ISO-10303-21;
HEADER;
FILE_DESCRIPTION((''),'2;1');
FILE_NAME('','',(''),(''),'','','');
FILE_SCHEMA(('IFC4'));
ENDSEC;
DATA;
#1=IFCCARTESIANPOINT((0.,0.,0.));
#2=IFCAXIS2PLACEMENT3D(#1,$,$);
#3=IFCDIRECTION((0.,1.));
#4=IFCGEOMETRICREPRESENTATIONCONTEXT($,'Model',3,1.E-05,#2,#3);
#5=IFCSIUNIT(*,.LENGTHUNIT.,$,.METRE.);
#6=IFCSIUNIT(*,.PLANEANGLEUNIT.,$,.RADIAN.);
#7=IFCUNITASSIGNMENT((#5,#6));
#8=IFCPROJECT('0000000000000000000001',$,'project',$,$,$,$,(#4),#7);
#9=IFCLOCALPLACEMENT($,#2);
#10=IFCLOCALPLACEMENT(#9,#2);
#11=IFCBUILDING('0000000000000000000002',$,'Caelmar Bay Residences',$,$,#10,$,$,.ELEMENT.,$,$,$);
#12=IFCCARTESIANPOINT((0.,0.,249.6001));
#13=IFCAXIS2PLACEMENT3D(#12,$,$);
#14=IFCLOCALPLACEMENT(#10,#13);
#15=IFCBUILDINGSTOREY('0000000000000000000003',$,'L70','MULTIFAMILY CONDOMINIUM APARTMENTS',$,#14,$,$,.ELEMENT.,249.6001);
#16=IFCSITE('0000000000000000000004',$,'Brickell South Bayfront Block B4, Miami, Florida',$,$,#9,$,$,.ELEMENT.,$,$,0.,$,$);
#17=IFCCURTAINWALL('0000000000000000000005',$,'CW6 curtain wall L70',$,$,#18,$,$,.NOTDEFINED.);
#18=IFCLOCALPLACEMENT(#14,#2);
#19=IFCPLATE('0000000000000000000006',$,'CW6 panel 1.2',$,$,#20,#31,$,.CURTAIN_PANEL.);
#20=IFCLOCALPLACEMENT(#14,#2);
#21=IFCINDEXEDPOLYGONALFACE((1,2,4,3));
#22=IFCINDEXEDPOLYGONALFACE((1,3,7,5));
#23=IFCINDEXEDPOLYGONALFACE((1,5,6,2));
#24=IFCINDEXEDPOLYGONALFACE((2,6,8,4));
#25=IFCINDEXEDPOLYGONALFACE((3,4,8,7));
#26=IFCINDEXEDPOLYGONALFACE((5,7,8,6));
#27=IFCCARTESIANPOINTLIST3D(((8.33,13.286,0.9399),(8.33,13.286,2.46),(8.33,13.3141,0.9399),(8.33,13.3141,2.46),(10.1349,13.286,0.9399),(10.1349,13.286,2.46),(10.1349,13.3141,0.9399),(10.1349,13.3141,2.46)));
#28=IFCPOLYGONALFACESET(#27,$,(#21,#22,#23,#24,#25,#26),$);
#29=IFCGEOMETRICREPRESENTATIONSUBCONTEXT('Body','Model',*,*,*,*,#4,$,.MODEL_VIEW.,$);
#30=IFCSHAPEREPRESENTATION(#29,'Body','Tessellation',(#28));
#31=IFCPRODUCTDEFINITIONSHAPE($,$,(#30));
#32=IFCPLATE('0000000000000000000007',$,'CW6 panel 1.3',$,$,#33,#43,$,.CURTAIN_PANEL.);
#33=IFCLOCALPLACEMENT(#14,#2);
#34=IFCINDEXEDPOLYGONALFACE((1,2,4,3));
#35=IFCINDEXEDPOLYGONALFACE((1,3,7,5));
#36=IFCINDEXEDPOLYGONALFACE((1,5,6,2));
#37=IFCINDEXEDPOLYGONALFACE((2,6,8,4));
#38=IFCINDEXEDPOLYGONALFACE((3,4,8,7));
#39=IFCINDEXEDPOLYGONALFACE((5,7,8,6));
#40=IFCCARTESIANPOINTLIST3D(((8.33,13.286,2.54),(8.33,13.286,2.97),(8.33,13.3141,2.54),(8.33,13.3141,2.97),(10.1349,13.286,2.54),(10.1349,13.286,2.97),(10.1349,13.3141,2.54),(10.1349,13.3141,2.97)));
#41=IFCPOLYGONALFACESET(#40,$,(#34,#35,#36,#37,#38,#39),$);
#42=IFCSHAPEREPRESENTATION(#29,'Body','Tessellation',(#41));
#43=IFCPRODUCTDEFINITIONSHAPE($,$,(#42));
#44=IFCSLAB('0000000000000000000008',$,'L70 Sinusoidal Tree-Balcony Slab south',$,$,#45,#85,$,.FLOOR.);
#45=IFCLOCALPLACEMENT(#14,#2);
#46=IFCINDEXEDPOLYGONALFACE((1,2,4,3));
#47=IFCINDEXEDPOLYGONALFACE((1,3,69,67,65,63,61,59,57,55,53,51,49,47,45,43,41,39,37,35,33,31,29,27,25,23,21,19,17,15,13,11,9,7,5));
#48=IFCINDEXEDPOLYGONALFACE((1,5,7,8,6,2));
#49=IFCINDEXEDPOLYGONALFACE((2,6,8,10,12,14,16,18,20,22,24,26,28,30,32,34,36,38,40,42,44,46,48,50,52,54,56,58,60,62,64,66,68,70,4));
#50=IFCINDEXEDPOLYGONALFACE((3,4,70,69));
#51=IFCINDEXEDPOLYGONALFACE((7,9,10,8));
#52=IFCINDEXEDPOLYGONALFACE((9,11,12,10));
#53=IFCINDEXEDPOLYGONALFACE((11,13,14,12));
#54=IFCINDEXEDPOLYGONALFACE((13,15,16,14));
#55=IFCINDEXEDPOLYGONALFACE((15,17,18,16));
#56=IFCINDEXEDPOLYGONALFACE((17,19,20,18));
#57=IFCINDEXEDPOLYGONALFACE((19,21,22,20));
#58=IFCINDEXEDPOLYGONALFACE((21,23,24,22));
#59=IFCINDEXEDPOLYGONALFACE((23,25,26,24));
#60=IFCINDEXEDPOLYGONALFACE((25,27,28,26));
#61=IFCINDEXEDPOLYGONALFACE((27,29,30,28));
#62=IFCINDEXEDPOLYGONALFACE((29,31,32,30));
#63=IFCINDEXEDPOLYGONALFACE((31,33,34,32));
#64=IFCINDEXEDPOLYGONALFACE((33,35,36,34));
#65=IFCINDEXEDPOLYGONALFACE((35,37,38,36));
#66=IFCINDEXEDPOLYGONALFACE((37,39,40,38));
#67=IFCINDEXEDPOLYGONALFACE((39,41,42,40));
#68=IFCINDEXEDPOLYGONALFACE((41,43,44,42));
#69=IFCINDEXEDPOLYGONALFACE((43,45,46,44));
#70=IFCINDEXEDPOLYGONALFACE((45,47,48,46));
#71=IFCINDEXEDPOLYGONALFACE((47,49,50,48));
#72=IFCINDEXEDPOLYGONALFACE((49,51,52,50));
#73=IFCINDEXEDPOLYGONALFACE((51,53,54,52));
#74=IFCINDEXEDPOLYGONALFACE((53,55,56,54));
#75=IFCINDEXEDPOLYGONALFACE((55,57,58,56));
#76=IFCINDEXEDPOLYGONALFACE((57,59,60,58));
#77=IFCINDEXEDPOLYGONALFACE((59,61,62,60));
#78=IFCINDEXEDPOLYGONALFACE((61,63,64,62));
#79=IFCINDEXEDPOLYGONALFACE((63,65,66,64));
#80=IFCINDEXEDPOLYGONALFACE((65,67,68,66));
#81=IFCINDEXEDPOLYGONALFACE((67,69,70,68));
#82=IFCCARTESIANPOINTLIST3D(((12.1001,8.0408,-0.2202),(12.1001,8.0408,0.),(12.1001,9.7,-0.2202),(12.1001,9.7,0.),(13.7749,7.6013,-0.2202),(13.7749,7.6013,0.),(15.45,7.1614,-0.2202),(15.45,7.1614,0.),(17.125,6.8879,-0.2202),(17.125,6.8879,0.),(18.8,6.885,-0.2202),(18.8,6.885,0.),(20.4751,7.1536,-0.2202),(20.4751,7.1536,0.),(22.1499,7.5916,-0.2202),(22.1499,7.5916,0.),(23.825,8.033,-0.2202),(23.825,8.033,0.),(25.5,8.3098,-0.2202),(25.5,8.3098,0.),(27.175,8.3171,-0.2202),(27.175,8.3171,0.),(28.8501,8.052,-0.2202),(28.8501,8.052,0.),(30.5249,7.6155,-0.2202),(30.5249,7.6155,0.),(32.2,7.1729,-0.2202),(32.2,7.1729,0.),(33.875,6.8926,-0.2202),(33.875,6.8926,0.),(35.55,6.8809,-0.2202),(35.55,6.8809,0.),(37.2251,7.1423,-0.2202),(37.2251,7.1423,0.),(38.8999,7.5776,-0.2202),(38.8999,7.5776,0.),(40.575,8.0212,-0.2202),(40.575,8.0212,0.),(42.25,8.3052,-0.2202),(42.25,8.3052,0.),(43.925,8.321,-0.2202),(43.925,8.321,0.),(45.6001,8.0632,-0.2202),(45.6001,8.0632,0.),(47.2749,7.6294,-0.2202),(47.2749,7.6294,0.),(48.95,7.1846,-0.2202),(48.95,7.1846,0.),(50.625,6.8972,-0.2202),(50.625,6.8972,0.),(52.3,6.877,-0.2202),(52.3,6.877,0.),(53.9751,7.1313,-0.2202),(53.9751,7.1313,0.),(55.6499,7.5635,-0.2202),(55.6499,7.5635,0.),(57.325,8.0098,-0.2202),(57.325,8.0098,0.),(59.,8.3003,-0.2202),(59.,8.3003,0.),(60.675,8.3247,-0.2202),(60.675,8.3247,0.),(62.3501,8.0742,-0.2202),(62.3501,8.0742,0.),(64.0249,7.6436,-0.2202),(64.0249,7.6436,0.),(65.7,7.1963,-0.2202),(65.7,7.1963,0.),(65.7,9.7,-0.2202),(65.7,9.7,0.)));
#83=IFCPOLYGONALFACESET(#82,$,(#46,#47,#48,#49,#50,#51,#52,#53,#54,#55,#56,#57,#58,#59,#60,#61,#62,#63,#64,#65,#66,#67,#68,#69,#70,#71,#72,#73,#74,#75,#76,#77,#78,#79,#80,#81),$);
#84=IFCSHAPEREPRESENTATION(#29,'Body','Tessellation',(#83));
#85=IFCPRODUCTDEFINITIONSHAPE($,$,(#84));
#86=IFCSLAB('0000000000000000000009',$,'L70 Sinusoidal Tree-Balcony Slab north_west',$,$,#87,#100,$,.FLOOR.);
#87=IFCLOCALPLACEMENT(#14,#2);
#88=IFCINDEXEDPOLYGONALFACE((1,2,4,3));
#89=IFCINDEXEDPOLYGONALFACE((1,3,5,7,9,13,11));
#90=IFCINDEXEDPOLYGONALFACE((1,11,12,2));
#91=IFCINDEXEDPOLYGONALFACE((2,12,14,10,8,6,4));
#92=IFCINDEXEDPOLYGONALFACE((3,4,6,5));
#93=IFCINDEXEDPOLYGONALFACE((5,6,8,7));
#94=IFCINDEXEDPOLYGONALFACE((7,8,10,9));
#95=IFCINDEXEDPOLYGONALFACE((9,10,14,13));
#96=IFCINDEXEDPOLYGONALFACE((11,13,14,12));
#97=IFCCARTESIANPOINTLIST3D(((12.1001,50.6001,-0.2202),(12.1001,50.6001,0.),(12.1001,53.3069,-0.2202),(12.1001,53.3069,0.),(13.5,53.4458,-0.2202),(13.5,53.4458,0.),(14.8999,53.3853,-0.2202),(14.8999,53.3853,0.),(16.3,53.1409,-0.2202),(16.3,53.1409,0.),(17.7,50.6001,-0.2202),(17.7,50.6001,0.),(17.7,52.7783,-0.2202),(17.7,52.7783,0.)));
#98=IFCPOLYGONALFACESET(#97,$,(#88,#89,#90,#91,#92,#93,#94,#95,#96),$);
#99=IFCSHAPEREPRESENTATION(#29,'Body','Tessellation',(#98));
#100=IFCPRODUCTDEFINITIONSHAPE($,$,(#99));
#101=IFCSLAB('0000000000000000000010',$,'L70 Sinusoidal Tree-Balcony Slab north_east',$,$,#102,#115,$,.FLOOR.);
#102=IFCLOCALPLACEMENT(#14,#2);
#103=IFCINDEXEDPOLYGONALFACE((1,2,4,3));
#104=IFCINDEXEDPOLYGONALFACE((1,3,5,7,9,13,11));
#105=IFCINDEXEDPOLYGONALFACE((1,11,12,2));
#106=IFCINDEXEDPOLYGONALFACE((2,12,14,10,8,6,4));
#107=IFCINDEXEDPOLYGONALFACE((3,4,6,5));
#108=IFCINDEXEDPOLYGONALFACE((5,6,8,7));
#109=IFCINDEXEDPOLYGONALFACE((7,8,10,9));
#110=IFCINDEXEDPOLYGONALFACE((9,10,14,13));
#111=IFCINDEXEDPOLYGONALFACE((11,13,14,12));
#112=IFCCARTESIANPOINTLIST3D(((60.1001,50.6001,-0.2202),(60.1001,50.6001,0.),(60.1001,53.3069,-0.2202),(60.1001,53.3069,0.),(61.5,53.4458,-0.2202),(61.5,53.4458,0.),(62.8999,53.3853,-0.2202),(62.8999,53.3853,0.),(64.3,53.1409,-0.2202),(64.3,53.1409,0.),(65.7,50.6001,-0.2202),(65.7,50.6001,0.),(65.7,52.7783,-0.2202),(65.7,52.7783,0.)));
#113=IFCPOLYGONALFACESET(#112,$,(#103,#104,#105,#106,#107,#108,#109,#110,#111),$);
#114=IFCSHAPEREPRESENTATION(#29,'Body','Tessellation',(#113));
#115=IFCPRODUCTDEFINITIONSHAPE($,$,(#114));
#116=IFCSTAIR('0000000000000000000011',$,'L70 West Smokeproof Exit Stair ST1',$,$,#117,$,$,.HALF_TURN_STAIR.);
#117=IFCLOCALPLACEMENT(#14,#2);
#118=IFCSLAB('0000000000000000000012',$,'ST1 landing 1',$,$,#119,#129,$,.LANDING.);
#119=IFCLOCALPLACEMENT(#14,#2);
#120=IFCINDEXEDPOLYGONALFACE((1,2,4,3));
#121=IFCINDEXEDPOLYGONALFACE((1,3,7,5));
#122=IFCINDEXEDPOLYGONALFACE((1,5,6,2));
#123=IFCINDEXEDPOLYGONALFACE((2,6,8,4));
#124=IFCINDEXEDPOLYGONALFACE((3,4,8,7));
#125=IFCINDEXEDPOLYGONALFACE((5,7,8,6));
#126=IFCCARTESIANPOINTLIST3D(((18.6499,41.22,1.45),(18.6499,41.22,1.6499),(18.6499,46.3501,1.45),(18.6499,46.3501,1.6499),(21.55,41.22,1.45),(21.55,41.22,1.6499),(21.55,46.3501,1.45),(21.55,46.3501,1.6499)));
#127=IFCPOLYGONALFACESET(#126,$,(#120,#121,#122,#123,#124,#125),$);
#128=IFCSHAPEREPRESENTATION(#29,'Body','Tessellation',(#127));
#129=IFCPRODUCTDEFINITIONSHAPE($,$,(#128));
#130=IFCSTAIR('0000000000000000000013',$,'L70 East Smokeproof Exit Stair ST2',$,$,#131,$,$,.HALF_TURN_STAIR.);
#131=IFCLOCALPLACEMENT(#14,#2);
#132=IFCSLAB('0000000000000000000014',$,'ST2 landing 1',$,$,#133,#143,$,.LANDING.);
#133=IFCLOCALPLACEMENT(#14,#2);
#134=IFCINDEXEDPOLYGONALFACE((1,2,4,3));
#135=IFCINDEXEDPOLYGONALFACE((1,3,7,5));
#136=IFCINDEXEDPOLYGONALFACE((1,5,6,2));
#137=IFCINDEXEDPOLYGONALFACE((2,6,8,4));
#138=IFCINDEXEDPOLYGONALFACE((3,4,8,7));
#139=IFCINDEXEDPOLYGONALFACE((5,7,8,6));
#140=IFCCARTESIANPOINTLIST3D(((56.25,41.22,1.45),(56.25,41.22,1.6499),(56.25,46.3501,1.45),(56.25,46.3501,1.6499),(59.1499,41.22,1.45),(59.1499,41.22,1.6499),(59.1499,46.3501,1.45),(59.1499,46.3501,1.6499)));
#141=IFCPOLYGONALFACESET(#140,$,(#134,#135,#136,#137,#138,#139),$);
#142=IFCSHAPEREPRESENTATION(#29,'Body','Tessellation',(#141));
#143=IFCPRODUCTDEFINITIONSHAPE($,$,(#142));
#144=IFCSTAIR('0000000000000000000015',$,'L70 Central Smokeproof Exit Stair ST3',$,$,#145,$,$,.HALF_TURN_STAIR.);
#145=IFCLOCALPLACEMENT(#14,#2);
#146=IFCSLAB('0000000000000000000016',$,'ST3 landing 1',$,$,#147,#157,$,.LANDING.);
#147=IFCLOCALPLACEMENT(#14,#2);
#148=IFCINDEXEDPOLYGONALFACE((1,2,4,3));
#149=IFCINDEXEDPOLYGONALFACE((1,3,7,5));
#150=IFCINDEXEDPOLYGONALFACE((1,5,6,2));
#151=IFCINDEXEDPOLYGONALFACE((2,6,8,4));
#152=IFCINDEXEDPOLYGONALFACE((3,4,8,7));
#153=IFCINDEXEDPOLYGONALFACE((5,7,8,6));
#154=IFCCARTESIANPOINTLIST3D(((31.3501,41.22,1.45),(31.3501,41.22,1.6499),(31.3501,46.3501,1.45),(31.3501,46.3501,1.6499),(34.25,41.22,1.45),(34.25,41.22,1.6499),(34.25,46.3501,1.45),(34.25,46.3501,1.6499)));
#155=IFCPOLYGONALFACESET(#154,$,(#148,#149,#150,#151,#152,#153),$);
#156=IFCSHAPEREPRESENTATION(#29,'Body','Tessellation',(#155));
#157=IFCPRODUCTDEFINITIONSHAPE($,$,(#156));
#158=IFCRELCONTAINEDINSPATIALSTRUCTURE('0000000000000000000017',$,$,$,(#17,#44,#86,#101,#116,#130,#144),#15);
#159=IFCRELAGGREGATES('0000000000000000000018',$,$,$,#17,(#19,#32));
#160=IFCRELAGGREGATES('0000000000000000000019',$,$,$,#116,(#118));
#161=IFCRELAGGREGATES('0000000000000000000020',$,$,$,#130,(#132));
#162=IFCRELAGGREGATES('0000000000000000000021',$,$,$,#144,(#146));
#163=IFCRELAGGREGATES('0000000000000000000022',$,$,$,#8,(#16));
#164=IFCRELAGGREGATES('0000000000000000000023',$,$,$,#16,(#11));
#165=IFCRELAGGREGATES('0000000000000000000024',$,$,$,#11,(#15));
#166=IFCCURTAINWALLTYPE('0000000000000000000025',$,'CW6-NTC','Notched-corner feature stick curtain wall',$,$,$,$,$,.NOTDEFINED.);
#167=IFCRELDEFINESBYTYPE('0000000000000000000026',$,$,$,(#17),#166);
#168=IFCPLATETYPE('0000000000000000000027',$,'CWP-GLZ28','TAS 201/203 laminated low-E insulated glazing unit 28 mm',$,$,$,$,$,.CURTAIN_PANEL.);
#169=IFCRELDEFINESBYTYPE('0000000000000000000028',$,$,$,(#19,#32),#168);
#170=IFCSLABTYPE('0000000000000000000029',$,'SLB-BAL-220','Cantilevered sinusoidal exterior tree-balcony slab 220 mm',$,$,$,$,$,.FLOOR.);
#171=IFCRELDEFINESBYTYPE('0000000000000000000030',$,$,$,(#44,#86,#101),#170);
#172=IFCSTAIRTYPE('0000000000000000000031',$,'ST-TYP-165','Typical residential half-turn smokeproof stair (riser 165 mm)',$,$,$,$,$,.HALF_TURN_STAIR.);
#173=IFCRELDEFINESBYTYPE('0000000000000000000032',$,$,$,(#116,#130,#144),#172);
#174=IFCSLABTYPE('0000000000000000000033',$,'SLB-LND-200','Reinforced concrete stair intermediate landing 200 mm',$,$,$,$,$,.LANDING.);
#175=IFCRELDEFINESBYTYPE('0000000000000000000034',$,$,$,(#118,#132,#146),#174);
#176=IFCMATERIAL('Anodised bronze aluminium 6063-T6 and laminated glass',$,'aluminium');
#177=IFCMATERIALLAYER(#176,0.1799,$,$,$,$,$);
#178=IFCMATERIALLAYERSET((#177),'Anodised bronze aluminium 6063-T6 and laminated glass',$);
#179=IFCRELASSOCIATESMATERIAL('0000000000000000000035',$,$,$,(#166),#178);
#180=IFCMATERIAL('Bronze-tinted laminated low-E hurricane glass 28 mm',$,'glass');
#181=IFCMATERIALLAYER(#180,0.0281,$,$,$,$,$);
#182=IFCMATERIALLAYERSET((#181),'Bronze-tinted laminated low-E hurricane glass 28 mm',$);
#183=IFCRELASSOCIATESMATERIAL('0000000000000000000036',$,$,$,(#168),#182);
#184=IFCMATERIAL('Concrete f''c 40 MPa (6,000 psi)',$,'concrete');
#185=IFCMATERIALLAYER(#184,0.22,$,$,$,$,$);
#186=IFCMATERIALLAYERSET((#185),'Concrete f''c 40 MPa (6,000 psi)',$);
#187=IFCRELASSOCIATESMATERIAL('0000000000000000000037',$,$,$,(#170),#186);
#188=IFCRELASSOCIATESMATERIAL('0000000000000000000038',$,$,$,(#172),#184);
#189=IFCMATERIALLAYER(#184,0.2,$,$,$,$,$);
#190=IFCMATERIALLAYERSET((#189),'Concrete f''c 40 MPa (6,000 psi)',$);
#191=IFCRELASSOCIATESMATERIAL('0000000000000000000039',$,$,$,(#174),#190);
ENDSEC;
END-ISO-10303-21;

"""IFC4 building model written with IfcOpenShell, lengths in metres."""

from ifc_helpers import new_model, si_unit, direction, frame, origin, origin_2d, place, context, subcontext, project, spatial, polyline, rectangle, outline, extrude, material, layer, layer_set, type_object, element, aggregate, save


model = new_model("IFC4")

# Units and contexts
model_context = context("Model", 3, precision=1e-05, world=origin(), true_north=direction((0.0, 1.0)))
body_context = subcontext(model_context, "Body", "Model", "MODEL_VIEW")
ifc_project = project(units=[si_unit("LENGTHUNIT", "METRE"), si_unit("PLANEANGLEUNIT", "RADIAN")], contexts=[model_context])

# Site, building, storey
site_placement = place(None, origin())
site = spatial("IfcSite", under=ifc_project, at=site_placement, Name="Brickell South Bayfront Block B4, Miami, Florida", CompositionType="ELEMENT", RefElevation=0.0)
building_placement = place(site_placement, origin())
building = spatial("IfcBuilding", under=site, at=building_placement, Name="Caelmar Bay Residences", CompositionType="ELEMENT")
storey_placement = place(building_placement, frame((0.0, 0.0, 249.6001)))
storey = spatial("IfcBuildingStorey", under=building, at=storey_placement, Name="L70", Description="MULTIFAMILY CONDOMINIUM APARTMENTS", CompositionType="ELEMENT", Elevation=249.6001)

# Curtain wall
ifc_material_1 = material(Name="Anodised bronze aluminium 6063-T6 and laminated glass", Category="aluminium")
ifc_layer_1 = layer(ifc_material_1, 0.1799)
ifc_layer_set_1 = layer_set([ifc_layer_1], Name="Anodised bronze aluminium 6063-T6 and laminated glass")
curtain_wall_type_1 = type_object("IfcCurtainWallType", Name="CW6-NTC", Description="Notched-corner feature stick curtain wall", PredefinedType="NOTDEFINED", material=ifc_layer_set_1)
curtain_wall_1_placement = place(storey_placement, origin())
curtain_wall_1 = element("IfcCurtainWall", 1, at=curtain_wall_1_placement, inside=storey, type_object=curtain_wall_type_1, Name="CW6 curtain wall L70", PredefinedType="NOTDEFINED")

# Plates
ifc_material_2 = material(Name="Bronze-tinted laminated low-E hurricane glass 28 mm", Category="glass")
ifc_layer_2 = layer(ifc_material_2, 0.0281)
ifc_layer_set_2 = layer_set([ifc_layer_2], Name="Bronze-tinted laminated low-E hurricane glass 28 mm")
plate_type = type_object("IfcPlateType", Name="CWP-GLZ28", Description="TAS 201/203 laminated low-E insulated glazing unit 28 mm", PredefinedType="CURTAIN_PANEL", material=ifc_layer_set_2)
plate_1_placement = place(storey_placement, frame((9.2324, 13.3, 0.9399), z_axis=(0.0, 0.0, 1.0), x_axis=(1.0, 0.0, 0.0)))
plate_1 = element("IfcPlate", 2, at=plate_1_placement, type_object=plate_type, Name="CW6 panel 1.2", PredefinedType="CURTAIN_PANEL", context=body_context, shape_type="SweptSolid", body=[
    extrude(rectangle(XDim=1.8049, YDim=0.0281, at=origin_2d()), origin(), (0.0, 0.0, 1.0), 1.52),
])
plate_2_placement = place(storey_placement, frame((9.2324, 13.3, 2.54), z_axis=(0.0, 0.0, 1.0), x_axis=(1.0, 0.0, 0.0)))
plate_2 = element("IfcPlate", 3, at=plate_2_placement, type_object=plate_type, Name="CW6 panel 1.3", PredefinedType="CURTAIN_PANEL", context=body_context, shape_type="SweptSolid", body=[
    extrude(rectangle(XDim=1.8049, YDim=0.0281, at=origin_2d()), origin(), (0.0, 0.0, 1.0), 0.4299),
])
aggregate(curtain_wall_1, [plate_1, plate_2])

# Slabs
ifc_material_3 = material(Name="Concrete f'c 40 MPa (6,000 psi)", Category="concrete")
ifc_layer_3 = layer(ifc_material_3, 0.22)
ifc_layer_set_3 = layer_set([ifc_layer_3], Name="Concrete f'c 40 MPa (6,000 psi)")
slab_type_1 = type_object("IfcSlabType", Name="SLB-BAL-220", Description="Cantilevered sinusoidal exterior tree-balcony slab 220 mm", PredefinedType="FLOOR", material=ifc_layer_set_3)
slab_1_placement = place(storey_placement, frame((0.0, 0.0, -0.2202)))
element("IfcSlab", 4, at=slab_1_placement, inside=storey, type_object=slab_type_1, Name="L70 Sinusoidal Tree-Balcony Slab south", PredefinedType="FLOOR", context=body_context, shape_type="SweptSolid", body=[
    extrude(outline(polyline([(12.1001, 8.0408), (13.7749, 7.6013), (15.45, 7.1614), (17.125, 6.8879), (18.8, 6.885), (20.4751, 7.1536), (22.1499, 7.5916), (23.825, 8.033), (25.5, 8.3098), (27.175, 8.3171), (28.8501, 8.052), (30.5249, 7.6155), (32.2, 7.1729), (33.875, 6.8926), (35.55, 6.8809), (37.2251, 7.1423), (38.8999, 7.5776), (40.575, 8.0212), (42.25, 8.3052), (43.925, 8.321), (45.6001, 8.0632), (47.2749, 7.6294), (48.95, 7.1846), (50.625, 6.8972), (52.3, 6.877), (53.9751, 7.1313), (55.6499, 7.5635), (57.325, 8.0098), (59.0, 8.3003), (60.675, 8.3247), (62.3501, 8.0742), (64.0249, 7.6436), (65.7, 7.1963), (65.7, 9.7), (12.1001, 9.7), (12.1001, 8.0408)])), origin(), (0.0, 0.0, 1.0), 0.2202),
])
slab_2_placement = place(storey_placement, frame((0.0, 0.0, -0.2202)))
element("IfcSlab", 5, at=slab_2_placement, inside=storey, type_object=slab_type_1, Name="L70 Sinusoidal Tree-Balcony Slab north_west", PredefinedType="FLOOR", context=body_context, shape_type="SweptSolid", body=[
    extrude(outline(polyline([(12.1001, 50.6001), (17.7, 50.6001), (17.7, 52.7783), (16.3, 53.1409), (14.8999, 53.3853), (13.5, 53.4458), (12.1001, 53.3069), (12.1001, 50.6001)])), origin(), (0.0, 0.0, 1.0), 0.2202),
])
slab_3_placement = place(storey_placement, frame((0.0, 0.0, -0.2202)))
element("IfcSlab", 6, at=slab_3_placement, inside=storey, type_object=slab_type_1, Name="L70 Sinusoidal Tree-Balcony Slab north_east", PredefinedType="FLOOR", context=body_context, shape_type="SweptSolid", body=[
    extrude(outline(polyline([(60.1001, 50.6001), (65.7, 50.6001), (65.7, 52.7783), (64.3, 53.1409), (62.8999, 53.3853), (61.5, 53.4458), (60.1001, 53.3069), (60.1001, 50.6001)])), origin(), (0.0, 0.0, 1.0), 0.2202),
])

# Stairs, slabs
stair_type = type_object("IfcStairType", Name="ST-TYP-165", Description="Typical residential half-turn smokeproof stair (riser 165 mm)", PredefinedType="HALF_TURN_STAIR", material=ifc_material_3)
stair_1_placement = place(storey_placement, origin())
stair_1 = element("IfcStair", 7, at=stair_1_placement, inside=storey, type_object=stair_type, Name="L70 West Smokeproof Exit Stair ST1", PredefinedType="HALF_TURN_STAIR")
ifc_layer_4 = layer(ifc_material_3, 0.2)
ifc_layer_set_4 = layer_set([ifc_layer_4], Name="Concrete f'c 40 MPa (6,000 psi)")
slab_type_2 = type_object("IfcSlabType", Name="SLB-LND-200", Description="Reinforced concrete stair intermediate landing 200 mm", PredefinedType="LANDING", material=ifc_layer_set_4)
slab_4_placement = place(storey_placement, frame((0.0, 0.0, 1.45)))
slab_4 = element("IfcSlab", 8, at=slab_4_placement, type_object=slab_type_2, Name="ST1 landing 1", PredefinedType="LANDING", context=body_context, shape_type="SweptSolid", body=[
    extrude(outline(polyline([(21.55, 41.22), (21.55, 46.3501), (18.6499, 46.3501), (18.6499, 41.22), (21.55, 41.22)])), origin(), (0.0, 0.0, 1.0), 0.2),
])
aggregate(stair_1, [slab_4])
stair_2_placement = place(storey_placement, origin())
stair_2 = element("IfcStair", 9, at=stair_2_placement, inside=storey, type_object=stair_type, Name="L70 East Smokeproof Exit Stair ST2", PredefinedType="HALF_TURN_STAIR")
slab_5_placement = place(storey_placement, frame((0.0, 0.0, 1.45)))
slab_5 = element("IfcSlab", 10, at=slab_5_placement, type_object=slab_type_2, Name="ST2 landing 1", PredefinedType="LANDING", context=body_context, shape_type="SweptSolid", body=[
    extrude(outline(polyline([(59.1499, 41.22), (59.1499, 46.3501), (56.25, 46.3501), (56.25, 41.22), (59.1499, 41.22)])), origin(), (0.0, 0.0, 1.0), 0.2),
])
aggregate(stair_2, [slab_5])
stair_3_placement = place(storey_placement, origin())
stair_3 = element("IfcStair", 11, at=stair_3_placement, inside=storey, type_object=stair_type, Name="L70 Central Smokeproof Exit Stair ST3", PredefinedType="HALF_TURN_STAIR")
slab_6_placement = place(storey_placement, frame((0.0, 0.0, 1.45)))
slab_6 = element("IfcSlab", 12, at=slab_6_placement, type_object=slab_type_2, Name="ST3 landing 1", PredefinedType="LANDING", context=body_context, shape_type="SweptSolid", body=[
    extrude(outline(polyline([(34.25, 41.22), (34.25, 46.3501), (31.3501, 46.3501), (31.3501, 41.22), (34.25, 41.22)])), origin(), (0.0, 0.0, 1.0), 0.2),
])
aggregate(stair_3, [slab_6])

save(model, "model.ifc")
